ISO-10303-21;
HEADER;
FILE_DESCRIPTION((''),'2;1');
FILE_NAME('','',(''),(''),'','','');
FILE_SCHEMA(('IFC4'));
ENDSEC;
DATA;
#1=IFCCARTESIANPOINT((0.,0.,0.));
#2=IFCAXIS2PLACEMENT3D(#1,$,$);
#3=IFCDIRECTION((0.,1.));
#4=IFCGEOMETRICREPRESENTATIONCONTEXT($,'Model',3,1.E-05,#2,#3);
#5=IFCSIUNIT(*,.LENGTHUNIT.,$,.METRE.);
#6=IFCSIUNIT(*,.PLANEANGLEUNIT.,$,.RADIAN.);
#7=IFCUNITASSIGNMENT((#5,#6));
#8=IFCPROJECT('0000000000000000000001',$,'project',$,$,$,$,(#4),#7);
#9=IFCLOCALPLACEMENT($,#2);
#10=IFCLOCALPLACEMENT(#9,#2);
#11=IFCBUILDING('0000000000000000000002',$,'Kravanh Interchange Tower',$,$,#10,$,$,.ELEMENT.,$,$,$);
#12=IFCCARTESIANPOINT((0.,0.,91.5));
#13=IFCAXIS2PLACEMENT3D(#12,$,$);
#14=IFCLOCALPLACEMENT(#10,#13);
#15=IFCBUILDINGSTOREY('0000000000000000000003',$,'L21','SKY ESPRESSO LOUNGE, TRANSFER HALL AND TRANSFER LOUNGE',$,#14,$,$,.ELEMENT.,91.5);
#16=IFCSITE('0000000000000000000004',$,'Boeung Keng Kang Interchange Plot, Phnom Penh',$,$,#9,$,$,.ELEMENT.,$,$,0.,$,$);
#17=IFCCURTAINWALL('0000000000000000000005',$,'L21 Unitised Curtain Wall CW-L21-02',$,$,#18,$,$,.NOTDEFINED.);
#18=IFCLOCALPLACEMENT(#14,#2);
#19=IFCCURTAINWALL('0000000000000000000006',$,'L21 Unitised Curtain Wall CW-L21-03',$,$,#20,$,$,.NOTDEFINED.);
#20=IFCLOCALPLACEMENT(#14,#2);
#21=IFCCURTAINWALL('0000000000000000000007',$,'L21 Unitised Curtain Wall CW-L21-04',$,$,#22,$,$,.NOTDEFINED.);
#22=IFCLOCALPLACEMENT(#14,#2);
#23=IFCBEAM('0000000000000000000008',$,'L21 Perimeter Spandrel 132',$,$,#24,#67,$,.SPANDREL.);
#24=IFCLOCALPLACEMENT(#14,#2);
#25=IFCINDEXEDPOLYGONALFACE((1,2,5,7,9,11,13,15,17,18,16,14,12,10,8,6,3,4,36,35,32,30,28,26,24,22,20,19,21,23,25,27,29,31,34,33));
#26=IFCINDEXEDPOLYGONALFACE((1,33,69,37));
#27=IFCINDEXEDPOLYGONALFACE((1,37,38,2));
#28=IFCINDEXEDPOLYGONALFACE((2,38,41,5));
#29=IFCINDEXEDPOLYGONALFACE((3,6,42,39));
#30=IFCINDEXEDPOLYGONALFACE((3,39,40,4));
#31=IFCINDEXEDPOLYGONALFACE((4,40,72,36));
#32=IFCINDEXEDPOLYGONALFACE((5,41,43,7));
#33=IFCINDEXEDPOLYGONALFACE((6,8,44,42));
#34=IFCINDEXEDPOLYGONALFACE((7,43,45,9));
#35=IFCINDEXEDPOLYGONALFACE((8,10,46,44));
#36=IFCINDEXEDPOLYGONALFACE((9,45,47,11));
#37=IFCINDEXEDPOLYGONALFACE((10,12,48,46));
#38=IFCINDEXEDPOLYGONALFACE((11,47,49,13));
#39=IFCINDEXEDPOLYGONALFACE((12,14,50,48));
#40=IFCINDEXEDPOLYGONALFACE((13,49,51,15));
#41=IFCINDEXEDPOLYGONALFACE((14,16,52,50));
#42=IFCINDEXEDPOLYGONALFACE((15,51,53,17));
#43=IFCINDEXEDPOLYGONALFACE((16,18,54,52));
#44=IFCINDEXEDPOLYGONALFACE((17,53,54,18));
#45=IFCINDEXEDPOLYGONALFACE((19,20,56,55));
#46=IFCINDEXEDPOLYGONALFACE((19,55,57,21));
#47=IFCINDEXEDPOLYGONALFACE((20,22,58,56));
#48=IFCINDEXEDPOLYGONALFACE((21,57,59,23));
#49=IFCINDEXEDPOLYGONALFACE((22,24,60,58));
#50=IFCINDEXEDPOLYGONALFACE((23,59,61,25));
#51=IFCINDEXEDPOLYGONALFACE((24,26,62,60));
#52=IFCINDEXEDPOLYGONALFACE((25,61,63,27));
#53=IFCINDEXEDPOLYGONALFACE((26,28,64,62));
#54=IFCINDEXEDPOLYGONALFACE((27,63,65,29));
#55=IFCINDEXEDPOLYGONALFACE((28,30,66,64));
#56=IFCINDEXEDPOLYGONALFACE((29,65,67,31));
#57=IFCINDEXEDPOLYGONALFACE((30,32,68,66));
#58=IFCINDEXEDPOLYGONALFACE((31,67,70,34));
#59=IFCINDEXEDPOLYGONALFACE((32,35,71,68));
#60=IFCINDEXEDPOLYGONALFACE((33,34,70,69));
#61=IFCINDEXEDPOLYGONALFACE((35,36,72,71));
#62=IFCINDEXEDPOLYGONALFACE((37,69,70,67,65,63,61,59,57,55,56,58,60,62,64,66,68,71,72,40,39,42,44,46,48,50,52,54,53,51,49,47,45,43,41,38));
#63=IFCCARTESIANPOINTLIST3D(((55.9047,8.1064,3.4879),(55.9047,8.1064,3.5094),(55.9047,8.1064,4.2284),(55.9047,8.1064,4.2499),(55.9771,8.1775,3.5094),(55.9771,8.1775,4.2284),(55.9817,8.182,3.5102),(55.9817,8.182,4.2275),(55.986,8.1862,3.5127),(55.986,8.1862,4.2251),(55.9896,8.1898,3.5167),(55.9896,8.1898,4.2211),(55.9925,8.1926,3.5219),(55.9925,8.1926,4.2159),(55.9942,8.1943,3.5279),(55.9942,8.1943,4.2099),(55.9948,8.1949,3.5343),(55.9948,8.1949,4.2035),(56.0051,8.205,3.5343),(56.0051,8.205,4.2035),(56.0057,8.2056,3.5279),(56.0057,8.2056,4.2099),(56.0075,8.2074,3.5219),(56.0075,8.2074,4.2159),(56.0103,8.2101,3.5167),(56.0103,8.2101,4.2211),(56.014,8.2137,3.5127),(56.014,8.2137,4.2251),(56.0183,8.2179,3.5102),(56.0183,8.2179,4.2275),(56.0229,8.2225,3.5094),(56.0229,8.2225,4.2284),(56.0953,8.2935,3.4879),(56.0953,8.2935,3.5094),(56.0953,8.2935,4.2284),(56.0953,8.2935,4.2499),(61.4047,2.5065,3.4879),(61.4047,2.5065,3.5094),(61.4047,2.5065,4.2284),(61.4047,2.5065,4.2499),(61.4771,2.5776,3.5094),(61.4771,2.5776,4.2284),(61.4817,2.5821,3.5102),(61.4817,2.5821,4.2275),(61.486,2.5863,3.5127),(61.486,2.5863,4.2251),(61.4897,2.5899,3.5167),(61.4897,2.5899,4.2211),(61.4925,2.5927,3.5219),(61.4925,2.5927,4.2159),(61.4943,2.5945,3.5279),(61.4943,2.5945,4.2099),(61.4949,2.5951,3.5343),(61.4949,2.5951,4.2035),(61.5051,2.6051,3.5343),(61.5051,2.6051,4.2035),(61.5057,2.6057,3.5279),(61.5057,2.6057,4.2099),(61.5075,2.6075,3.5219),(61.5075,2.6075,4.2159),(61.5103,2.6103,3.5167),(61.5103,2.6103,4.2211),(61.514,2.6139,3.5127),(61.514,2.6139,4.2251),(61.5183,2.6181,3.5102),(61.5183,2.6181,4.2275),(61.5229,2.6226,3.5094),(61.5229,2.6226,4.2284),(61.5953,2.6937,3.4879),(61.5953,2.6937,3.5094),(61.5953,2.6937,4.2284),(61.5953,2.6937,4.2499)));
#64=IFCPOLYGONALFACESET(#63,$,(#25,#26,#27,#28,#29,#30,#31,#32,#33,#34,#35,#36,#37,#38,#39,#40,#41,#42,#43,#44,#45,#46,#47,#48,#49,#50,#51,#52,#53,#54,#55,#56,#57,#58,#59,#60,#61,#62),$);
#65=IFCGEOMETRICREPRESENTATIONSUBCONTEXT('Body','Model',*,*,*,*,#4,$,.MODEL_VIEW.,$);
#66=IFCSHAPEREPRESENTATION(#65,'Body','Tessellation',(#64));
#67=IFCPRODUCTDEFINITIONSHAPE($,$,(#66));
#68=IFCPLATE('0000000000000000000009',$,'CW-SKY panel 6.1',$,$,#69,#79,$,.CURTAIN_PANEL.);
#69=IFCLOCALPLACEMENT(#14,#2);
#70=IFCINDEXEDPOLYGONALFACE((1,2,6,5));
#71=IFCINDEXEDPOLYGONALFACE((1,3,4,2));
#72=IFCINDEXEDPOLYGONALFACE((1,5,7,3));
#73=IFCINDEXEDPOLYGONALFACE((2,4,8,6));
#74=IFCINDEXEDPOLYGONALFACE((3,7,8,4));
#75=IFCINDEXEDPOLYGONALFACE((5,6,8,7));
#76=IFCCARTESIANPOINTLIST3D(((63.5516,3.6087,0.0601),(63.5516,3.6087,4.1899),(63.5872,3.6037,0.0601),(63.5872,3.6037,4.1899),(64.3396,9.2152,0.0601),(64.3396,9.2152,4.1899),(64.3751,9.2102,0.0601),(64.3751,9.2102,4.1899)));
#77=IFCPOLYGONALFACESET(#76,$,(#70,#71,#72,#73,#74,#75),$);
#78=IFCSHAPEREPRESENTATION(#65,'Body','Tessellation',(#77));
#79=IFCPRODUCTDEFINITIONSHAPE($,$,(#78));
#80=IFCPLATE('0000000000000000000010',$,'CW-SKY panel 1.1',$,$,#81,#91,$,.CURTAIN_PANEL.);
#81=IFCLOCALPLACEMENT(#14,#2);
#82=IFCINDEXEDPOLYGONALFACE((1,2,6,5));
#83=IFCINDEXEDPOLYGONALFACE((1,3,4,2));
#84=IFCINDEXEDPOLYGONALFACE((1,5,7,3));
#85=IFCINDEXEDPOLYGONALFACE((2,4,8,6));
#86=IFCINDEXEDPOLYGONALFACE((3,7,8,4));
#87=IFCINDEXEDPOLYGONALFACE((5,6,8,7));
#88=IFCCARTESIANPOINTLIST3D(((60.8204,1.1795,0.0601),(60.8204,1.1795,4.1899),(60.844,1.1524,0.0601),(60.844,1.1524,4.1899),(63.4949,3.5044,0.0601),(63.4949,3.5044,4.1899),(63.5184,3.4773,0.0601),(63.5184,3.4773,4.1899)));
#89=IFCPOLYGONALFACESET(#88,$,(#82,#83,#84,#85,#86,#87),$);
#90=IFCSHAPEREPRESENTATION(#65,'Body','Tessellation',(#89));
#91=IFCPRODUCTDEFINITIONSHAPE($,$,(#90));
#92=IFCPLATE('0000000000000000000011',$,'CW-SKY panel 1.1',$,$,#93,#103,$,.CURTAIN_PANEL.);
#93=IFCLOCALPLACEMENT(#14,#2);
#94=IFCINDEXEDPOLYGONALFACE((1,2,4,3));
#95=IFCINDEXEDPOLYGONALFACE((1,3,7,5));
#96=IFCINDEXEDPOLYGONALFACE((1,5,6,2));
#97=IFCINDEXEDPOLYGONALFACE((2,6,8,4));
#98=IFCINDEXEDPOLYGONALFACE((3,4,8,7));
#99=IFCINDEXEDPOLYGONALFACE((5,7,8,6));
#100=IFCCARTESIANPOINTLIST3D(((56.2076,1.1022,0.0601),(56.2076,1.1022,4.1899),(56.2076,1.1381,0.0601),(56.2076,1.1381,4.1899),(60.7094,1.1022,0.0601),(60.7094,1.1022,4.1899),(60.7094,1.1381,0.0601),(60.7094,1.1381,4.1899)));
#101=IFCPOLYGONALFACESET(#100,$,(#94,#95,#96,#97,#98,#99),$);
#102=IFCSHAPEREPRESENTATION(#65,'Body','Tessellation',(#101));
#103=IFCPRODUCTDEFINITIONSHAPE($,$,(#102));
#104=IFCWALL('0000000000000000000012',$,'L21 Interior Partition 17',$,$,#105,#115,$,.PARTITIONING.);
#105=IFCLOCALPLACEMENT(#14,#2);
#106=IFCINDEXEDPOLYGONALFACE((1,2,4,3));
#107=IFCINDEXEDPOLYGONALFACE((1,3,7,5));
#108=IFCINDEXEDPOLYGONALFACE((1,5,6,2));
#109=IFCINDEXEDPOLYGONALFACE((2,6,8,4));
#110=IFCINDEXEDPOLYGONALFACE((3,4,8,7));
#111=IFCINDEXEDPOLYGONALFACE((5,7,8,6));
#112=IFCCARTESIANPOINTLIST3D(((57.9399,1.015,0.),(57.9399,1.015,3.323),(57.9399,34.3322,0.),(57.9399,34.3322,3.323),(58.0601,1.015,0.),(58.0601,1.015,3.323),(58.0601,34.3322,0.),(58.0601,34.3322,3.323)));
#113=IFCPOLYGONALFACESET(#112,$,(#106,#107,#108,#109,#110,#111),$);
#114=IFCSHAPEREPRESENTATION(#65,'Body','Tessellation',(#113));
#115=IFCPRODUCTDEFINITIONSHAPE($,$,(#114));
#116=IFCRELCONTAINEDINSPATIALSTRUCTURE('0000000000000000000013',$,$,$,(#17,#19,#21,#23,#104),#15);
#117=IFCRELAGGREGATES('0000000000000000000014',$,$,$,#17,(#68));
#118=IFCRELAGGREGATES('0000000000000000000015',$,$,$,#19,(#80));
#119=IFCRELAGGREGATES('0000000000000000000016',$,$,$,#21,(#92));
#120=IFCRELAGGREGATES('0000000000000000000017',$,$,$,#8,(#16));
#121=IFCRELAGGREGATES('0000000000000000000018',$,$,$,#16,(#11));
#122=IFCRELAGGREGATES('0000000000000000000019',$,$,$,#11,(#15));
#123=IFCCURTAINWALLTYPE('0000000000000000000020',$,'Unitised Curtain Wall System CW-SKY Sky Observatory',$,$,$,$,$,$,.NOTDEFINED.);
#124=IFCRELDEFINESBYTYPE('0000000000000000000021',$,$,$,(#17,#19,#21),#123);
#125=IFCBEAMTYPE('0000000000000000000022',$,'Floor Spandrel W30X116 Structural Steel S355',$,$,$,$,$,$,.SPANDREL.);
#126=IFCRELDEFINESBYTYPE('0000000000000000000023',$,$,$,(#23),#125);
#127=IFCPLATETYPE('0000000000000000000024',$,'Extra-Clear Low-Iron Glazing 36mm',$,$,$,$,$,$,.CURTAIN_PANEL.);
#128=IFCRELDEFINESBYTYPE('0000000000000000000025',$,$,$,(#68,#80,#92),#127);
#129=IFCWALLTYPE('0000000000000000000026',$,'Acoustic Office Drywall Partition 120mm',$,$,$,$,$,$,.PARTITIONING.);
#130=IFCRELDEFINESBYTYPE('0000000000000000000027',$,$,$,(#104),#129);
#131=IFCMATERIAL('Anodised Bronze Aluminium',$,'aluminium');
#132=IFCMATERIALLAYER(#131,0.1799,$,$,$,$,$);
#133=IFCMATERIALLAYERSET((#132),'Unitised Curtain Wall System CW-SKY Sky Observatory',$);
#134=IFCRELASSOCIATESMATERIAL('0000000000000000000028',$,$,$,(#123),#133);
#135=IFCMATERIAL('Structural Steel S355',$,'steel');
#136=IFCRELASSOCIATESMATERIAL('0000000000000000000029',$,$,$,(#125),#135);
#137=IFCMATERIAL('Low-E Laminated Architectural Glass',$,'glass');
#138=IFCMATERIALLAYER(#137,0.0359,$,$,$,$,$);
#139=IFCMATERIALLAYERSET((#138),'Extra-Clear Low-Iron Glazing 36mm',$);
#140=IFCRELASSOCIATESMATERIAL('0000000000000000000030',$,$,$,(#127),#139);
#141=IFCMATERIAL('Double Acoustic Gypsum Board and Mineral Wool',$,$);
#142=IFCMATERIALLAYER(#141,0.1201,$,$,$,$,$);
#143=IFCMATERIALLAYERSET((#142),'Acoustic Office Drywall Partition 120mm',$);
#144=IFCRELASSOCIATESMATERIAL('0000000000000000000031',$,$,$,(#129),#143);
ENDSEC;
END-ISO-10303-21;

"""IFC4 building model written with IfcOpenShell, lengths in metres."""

from ifc_helpers import new_model, si_unit, direction, frame, frame_2d, origin, origin_2d, place, context, subcontext, project, spatial, rectangle, i_section, extrude, material, layer, layer_set, material_profile, profile_set, type_object, element, aggregate, save


model = new_model("IFC4")

# Units and contexts
model_context = context("Model", 3, precision=1e-05, world=origin(), true_north=direction((0.0, 1.0)))
body_context = subcontext(model_context, "Body", "Model", "MODEL_VIEW")
ifc_project = project(units=[si_unit("LENGTHUNIT", "METRE"), si_unit("PLANEANGLEUNIT", "RADIAN")], contexts=[model_context])

# Site, building, storey
site_placement = place(None, origin())
site = spatial("IfcSite", under=ifc_project, at=site_placement, Name="Boeung Keng Kang Interchange Plot, Phnom Penh", CompositionType="ELEMENT", RefElevation=0.0)
building_placement = place(site_placement, origin())
building = spatial("IfcBuilding", under=site, at=building_placement, Name="Kravanh Interchange Tower", CompositionType="ELEMENT")
storey_placement = place(building_placement, frame((0.0, 0.0, 91.5)))
storey = spatial("IfcBuildingStorey", under=building, at=storey_placement, Name="L21", Description="SKY ESPRESSO LOUNGE, TRANSFER HALL AND TRANSFER LOUNGE", CompositionType="ELEMENT", Elevation=91.5)

# Curtain wall
ifc_material_1 = material(Name="Anodised Bronze Aluminium", Category="aluminium")
ifc_layer_1 = layer(ifc_material_1, 0.1799)
ifc_layer_set_1 = layer_set([ifc_layer_1], Name="Unitised Curtain Wall System CW-SKY Sky Observatory")
curtain_wall_type = type_object("IfcCurtainWallType", Name="Unitised Curtain Wall System CW-SKY Sky Observatory", PredefinedType="NOTDEFINED", material=ifc_layer_set_1)
curtain_wall_1_placement = place(storey_placement, origin())
curtain_wall_1 = element("IfcCurtainWall", 1, at=curtain_wall_1_placement, inside=storey, type_object=curtain_wall_type, Name="L21 Unitised Curtain Wall CW-L21-02", PredefinedType="NOTDEFINED")

# Curtain walls
curtain_wall_2_placement = place(storey_placement, origin())
curtain_wall_2 = element("IfcCurtainWall", 2, at=curtain_wall_2_placement, inside=storey, type_object=curtain_wall_type, Name="L21 Unitised Curtain Wall CW-L21-03", PredefinedType="NOTDEFINED")
curtain_wall_3_placement = place(storey_placement, origin())
curtain_wall_3 = element("IfcCurtainWall", 3, at=curtain_wall_3_placement, inside=storey, type_object=curtain_wall_type, Name="L21 Unitised Curtain Wall CW-L21-04", PredefinedType="NOTDEFINED")

# Beam
ifc_material_2 = material(Name="Structural Steel S355", Category="steel")
ifc_material_profile_1 = material_profile(ifc_material_2, i_section(OverallWidth=0.2671, OverallDepth=0.762, WebThickness=0.0144, FlangeThickness=0.0215, FilletRadius=0.0249, at=origin_2d()), Name="W30X116")
ifc_profile_set_1 = profile_set([ifc_material_profile_1], Name="Structural Steel S355")
beam_type_1 = type_object("IfcBeamType", Name="Floor Spandrel W30X116 Structural Steel S355", PredefinedType="SPANDREL", material=ifc_profile_set_1)
beam_1_placement = place(storey_placement, frame((61.5, 2.6001, 3.8689), z_axis=(-0.700717, 0.713439, 0.0), x_axis=(-0.713439, -0.700717, 0.0)))
element("IfcBeam", 4, at=beam_1_placement, inside=storey, type_object=beam_type_1, Name="L21 Perimeter Spandrel 132", PredefinedType="SPANDREL", context=body_context, shape_type="SweptSolid", body=[
    extrude(i_section(OverallWidth=0.2671, OverallDepth=0.762, WebThickness=0.0144, FlangeThickness=0.0215, FilletRadius=0.0249, at=origin_2d()), origin(), (0.0, 0.0, 1.0), 7.8491),
])

# Plates
ifc_material_3 = material(Name="Low-E Laminated Architectural Glass", Category="glass")
ifc_layer_2 = layer(ifc_material_3, 0.0359)
ifc_layer_set_2 = layer_set([ifc_layer_2], Name="Extra-Clear Low-Iron Glazing 36mm")
plate_type = type_object("IfcPlateType", Name="Extra-Clear Low-Iron Glazing 36mm", PredefinedType="CURTAIN_PANEL", material=ifc_layer_set_2)
plate_1_placement = place(storey_placement, frame((63.9634, 6.4094, 0.0601), z_axis=(0.0, 0.0, 1.0), x_axis=(-0.139177, -0.990268, 0.0)))
plate_1 = element("IfcPlate", 5, at=plate_1_placement, type_object=plate_type, Name="CW-SKY panel 6.1", PredefinedType="CURTAIN_PANEL", context=body_context, shape_type="SweptSolid", body=[
    extrude(rectangle(XDim=5.6616, YDim=0.0359, at=origin_2d()), origin(), (0.0, 0.0, 1.0), 4.1299),
])
aggregate(curtain_wall_1, [plate_1])
plate_2_placement = place(storey_placement, frame((62.1694, 2.3284, 0.0601), z_axis=(0.0, 0.0, 1.0), x_axis=(-0.754708, -0.65606, 0.0)))
plate_2 = element("IfcPlate", 6, at=plate_2_placement, type_object=plate_type, Name="CW-SKY panel 1.1", PredefinedType="CURTAIN_PANEL", context=body_context, shape_type="SweptSolid", body=[
    extrude(rectangle(XDim=3.5437, YDim=0.0359, at=origin_2d()), origin(), (0.0, 0.0, 1.0), 4.1299),
])
aggregate(curtain_wall_2, [plate_2])
plate_3_placement = place(storey_placement, frame((58.4585, 1.1201, 0.0601), z_axis=(0.0, 0.0, 1.0), x_axis=(-1.0, 0.0, 0.0)))
plate_3 = element("IfcPlate", 7, at=plate_3_placement, type_object=plate_type, Name="CW-SKY panel 1.1", PredefinedType="CURTAIN_PANEL", context=body_context, shape_type="SweptSolid", body=[
    extrude(rectangle(XDim=4.5017, YDim=0.0359, at=origin_2d()), origin(), (0.0, 0.0, 1.0), 4.1299),
])
aggregate(curtain_wall_3, [plate_3])

# Wall
ifc_material_4 = material(Name="Double Acoustic Gypsum Board and Mineral Wool")
ifc_layer_3 = layer(ifc_material_4, 0.1201)
ifc_layer_set_3 = layer_set([ifc_layer_3], Name="Acoustic Office Drywall Partition 120mm")
wall_type = type_object("IfcWallType", Name="Acoustic Office Drywall Partition 120mm", PredefinedType="PARTITIONING", material=ifc_layer_set_3)
wall_placement = place(storey_placement, frame((58.0, 1.0149, 0.0), z_axis=(0.0, 0.0, 1.0), x_axis=(0.0, 1.0, 0.0)))
element("IfcWall", 8, at=wall_placement, inside=storey, type_object=wall_type, Name="L21 Interior Partition 17", PredefinedType="PARTITIONING", context=body_context, shape_type="SweptSolid", body=[
    extrude(rectangle(XDim=33.3171, YDim=0.1201, at=frame_2d((16.6587, 0.0))), origin(), (0.0, 0.0, 1.0), 3.323),
])

save(model, "model.ifc")
